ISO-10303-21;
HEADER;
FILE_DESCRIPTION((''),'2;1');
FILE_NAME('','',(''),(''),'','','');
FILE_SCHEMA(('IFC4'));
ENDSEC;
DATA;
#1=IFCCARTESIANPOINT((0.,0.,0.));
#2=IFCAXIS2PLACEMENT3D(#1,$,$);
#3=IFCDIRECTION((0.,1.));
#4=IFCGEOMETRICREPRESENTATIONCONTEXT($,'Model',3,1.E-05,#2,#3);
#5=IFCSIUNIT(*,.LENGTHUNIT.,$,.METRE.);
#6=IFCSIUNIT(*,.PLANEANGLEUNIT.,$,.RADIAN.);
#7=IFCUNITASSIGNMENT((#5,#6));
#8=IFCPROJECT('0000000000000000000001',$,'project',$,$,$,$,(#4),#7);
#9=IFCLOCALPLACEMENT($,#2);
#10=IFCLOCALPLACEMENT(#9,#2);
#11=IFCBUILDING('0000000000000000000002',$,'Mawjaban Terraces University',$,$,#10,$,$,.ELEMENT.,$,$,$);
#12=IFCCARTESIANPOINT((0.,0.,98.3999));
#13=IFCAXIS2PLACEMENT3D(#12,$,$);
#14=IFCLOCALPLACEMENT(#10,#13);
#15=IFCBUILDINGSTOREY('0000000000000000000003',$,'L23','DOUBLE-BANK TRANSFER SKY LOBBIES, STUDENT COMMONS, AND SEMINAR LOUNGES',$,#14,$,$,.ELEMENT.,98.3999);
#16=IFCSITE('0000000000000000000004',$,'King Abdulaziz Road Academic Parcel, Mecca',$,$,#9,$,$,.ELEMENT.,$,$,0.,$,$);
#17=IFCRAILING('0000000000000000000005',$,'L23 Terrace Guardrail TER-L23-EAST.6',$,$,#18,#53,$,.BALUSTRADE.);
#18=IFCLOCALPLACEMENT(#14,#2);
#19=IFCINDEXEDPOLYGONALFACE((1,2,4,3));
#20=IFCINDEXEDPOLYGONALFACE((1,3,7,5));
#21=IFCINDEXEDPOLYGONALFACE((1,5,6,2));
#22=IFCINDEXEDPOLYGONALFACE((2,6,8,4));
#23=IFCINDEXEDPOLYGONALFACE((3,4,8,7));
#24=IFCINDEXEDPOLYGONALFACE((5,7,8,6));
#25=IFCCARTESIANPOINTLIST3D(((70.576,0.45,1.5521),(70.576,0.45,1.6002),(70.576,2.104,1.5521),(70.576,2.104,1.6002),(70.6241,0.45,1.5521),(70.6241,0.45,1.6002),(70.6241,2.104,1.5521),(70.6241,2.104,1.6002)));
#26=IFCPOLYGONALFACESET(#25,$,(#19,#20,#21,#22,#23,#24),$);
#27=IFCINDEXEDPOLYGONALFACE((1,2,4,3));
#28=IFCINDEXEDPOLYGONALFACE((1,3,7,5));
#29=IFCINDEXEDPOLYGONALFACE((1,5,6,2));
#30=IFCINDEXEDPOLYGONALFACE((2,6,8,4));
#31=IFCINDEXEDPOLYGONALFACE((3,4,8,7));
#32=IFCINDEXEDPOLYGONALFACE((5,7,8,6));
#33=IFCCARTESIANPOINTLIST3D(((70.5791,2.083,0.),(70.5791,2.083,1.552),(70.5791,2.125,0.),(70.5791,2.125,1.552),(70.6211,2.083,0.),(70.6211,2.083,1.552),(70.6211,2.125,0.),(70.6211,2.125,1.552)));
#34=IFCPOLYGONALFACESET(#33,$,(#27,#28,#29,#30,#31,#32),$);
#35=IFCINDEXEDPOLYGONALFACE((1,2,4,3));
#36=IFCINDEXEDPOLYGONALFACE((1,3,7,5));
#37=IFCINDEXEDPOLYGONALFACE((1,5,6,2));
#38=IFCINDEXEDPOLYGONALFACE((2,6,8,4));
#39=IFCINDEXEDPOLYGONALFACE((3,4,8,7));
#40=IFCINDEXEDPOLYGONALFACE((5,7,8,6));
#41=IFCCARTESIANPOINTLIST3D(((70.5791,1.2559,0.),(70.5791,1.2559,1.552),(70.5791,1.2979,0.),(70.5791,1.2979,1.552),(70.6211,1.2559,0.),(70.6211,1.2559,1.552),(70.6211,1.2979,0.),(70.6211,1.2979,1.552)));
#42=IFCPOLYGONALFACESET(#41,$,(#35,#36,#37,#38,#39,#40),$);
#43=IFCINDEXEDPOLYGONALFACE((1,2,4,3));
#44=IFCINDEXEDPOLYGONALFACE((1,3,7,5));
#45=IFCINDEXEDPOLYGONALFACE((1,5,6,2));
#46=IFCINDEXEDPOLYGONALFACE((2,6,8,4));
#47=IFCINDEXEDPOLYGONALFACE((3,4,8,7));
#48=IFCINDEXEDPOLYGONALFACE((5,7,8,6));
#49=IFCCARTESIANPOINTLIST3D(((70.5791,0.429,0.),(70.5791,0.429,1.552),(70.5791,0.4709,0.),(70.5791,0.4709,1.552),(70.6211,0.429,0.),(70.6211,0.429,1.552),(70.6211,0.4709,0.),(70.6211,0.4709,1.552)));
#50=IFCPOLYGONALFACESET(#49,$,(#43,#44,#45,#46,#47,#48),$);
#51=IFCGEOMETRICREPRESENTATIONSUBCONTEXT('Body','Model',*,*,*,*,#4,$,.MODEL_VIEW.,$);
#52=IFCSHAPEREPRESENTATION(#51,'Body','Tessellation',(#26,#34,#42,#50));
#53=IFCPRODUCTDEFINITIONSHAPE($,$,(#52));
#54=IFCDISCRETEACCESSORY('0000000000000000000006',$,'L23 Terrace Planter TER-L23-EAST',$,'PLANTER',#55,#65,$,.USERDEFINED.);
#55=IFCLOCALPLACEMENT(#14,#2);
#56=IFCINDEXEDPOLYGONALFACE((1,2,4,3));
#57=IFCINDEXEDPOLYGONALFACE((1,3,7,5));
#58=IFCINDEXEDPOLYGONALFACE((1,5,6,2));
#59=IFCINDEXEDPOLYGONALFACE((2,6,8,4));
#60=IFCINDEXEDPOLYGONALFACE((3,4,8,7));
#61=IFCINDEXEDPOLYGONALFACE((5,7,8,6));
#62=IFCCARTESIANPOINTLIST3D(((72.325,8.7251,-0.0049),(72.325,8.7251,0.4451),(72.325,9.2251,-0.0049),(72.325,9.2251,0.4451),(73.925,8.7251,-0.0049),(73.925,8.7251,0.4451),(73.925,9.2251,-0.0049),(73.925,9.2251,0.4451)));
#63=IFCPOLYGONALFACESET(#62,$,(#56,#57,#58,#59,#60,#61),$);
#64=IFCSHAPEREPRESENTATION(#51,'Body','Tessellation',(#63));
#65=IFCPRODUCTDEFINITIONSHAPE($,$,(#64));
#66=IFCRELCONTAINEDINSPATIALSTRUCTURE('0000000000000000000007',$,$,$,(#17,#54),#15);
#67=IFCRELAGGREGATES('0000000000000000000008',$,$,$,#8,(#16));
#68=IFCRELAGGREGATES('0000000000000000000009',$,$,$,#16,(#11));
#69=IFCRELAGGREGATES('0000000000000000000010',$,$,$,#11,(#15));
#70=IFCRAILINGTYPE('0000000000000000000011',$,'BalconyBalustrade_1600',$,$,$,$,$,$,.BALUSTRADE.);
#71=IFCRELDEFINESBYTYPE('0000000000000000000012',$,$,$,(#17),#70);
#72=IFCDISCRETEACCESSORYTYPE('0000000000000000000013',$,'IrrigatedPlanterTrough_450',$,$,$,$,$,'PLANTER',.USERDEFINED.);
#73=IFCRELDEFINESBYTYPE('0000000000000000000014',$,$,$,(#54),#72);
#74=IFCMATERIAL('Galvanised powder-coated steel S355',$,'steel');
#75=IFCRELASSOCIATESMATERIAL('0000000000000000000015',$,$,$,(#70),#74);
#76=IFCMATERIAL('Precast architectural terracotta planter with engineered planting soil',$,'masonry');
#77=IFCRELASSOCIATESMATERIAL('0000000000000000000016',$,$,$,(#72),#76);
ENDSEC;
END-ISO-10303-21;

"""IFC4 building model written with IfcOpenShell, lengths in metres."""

from ifc_helpers import new_model, si_unit, direction, frame, origin, origin_2d, place, context, subcontext, project, spatial, rectangle, extrude, material, type_object, element, save


model = new_model("IFC4")

# Units and contexts
model_context = context("Model", 3, precision=1e-05, world=origin(), true_north=direction((0.0, 1.0)))
body_context = subcontext(model_context, "Body", "Model", "MODEL_VIEW")
ifc_project = project(units=[si_unit("LENGTHUNIT", "METRE"), si_unit("PLANEANGLEUNIT", "RADIAN")], contexts=[model_context])

# Site, building, storey
site_placement = place(None, origin())
site = spatial("IfcSite", under=ifc_project, at=site_placement, Name="King Abdulaziz Road Academic Parcel, Mecca", CompositionType="ELEMENT", RefElevation=0.0)
building_placement = place(site_placement, origin())
building = spatial("IfcBuilding", under=site, at=building_placement, Name="Mawjaban Terraces University", CompositionType="ELEMENT")
storey_placement = place(building_placement, frame((0.0, 0.0, 98.3999)))
storey = spatial("IfcBuildingStorey", under=building, at=storey_placement, Name="L23", Description="DOUBLE-BANK TRANSFER SKY LOBBIES, STUDENT COMMONS, AND SEMINAR LOUNGES", CompositionType="ELEMENT", Elevation=98.3999)

# Railing
ifc_material_1 = material(Name="Galvanised powder-coated steel S355", Category="steel")
railing_type = type_object("IfcRailingType", Name="BalconyBalustrade_1600", PredefinedType="BALUSTRADE", material=ifc_material_1)
railing_1_placement = place(storey_placement, frame((70.6001, 2.104, 0.0)))
element("IfcRailing", 1, at=railing_1_placement, inside=storey, type_object=railing_type, Name="L23 Terrace Guardrail TER-L23-EAST.6", PredefinedType="BALUSTRADE", context=body_context, shape_type="SweptSolid", body=[
    extrude(rectangle(XDim=0.0481, YDim=0.0481, at=origin_2d()), frame((0.0, 0.0, 1.5762), z_axis=(0.0, -1.0, 0.0), x_axis=(1.0, 0.0, 0.0)), (0.0, 0.0, 1.0), 1.6541),
    extrude(rectangle(XDim=0.042, YDim=0.042, at=origin_2d()), origin(), (0.0, 0.0, 1.0), 1.552),
    extrude(rectangle(XDim=0.042, YDim=0.042, at=origin_2d()), frame((0.0, -0.8271, 0.0)), (0.0, 0.0, 1.0), 1.552),
    extrude(rectangle(XDim=0.042, YDim=0.042, at=origin_2d()), frame((0.0, -1.6541, 0.0)), (0.0, 0.0, 1.0), 1.552),
])

# Discrete accessory
ifc_material_2 = material(Name="Precast architectural terracotta planter with engineered planting soil", Category="masonry")
discrete_accessory_type = type_object("IfcDiscreteAccessoryType", Name="IrrigatedPlanterTrough_450", ElementType="PLANTER", PredefinedType="USERDEFINED", material=ifc_material_2)
discrete_accessory_placement = place(storey_placement, frame((73.125, 8.9751, -0.0049), z_axis=(0.0, 0.0, 1.0), x_axis=(1.0, 0.0, 0.0)))
element("IfcDiscreteAccessory", 2, at=discrete_accessory_placement, inside=storey, type_object=discrete_accessory_type, Name="L23 Terrace Planter TER-L23-EAST", ObjectType="PLANTER", PredefinedType="USERDEFINED", context=body_context, shape_type="SweptSolid", body=[
    extrude(rectangle(XDim=1.6001, YDim=0.5, at=origin_2d()), origin(), (0.0, 0.0, 1.0), 0.45),
])

save(model, "model.ifc")
